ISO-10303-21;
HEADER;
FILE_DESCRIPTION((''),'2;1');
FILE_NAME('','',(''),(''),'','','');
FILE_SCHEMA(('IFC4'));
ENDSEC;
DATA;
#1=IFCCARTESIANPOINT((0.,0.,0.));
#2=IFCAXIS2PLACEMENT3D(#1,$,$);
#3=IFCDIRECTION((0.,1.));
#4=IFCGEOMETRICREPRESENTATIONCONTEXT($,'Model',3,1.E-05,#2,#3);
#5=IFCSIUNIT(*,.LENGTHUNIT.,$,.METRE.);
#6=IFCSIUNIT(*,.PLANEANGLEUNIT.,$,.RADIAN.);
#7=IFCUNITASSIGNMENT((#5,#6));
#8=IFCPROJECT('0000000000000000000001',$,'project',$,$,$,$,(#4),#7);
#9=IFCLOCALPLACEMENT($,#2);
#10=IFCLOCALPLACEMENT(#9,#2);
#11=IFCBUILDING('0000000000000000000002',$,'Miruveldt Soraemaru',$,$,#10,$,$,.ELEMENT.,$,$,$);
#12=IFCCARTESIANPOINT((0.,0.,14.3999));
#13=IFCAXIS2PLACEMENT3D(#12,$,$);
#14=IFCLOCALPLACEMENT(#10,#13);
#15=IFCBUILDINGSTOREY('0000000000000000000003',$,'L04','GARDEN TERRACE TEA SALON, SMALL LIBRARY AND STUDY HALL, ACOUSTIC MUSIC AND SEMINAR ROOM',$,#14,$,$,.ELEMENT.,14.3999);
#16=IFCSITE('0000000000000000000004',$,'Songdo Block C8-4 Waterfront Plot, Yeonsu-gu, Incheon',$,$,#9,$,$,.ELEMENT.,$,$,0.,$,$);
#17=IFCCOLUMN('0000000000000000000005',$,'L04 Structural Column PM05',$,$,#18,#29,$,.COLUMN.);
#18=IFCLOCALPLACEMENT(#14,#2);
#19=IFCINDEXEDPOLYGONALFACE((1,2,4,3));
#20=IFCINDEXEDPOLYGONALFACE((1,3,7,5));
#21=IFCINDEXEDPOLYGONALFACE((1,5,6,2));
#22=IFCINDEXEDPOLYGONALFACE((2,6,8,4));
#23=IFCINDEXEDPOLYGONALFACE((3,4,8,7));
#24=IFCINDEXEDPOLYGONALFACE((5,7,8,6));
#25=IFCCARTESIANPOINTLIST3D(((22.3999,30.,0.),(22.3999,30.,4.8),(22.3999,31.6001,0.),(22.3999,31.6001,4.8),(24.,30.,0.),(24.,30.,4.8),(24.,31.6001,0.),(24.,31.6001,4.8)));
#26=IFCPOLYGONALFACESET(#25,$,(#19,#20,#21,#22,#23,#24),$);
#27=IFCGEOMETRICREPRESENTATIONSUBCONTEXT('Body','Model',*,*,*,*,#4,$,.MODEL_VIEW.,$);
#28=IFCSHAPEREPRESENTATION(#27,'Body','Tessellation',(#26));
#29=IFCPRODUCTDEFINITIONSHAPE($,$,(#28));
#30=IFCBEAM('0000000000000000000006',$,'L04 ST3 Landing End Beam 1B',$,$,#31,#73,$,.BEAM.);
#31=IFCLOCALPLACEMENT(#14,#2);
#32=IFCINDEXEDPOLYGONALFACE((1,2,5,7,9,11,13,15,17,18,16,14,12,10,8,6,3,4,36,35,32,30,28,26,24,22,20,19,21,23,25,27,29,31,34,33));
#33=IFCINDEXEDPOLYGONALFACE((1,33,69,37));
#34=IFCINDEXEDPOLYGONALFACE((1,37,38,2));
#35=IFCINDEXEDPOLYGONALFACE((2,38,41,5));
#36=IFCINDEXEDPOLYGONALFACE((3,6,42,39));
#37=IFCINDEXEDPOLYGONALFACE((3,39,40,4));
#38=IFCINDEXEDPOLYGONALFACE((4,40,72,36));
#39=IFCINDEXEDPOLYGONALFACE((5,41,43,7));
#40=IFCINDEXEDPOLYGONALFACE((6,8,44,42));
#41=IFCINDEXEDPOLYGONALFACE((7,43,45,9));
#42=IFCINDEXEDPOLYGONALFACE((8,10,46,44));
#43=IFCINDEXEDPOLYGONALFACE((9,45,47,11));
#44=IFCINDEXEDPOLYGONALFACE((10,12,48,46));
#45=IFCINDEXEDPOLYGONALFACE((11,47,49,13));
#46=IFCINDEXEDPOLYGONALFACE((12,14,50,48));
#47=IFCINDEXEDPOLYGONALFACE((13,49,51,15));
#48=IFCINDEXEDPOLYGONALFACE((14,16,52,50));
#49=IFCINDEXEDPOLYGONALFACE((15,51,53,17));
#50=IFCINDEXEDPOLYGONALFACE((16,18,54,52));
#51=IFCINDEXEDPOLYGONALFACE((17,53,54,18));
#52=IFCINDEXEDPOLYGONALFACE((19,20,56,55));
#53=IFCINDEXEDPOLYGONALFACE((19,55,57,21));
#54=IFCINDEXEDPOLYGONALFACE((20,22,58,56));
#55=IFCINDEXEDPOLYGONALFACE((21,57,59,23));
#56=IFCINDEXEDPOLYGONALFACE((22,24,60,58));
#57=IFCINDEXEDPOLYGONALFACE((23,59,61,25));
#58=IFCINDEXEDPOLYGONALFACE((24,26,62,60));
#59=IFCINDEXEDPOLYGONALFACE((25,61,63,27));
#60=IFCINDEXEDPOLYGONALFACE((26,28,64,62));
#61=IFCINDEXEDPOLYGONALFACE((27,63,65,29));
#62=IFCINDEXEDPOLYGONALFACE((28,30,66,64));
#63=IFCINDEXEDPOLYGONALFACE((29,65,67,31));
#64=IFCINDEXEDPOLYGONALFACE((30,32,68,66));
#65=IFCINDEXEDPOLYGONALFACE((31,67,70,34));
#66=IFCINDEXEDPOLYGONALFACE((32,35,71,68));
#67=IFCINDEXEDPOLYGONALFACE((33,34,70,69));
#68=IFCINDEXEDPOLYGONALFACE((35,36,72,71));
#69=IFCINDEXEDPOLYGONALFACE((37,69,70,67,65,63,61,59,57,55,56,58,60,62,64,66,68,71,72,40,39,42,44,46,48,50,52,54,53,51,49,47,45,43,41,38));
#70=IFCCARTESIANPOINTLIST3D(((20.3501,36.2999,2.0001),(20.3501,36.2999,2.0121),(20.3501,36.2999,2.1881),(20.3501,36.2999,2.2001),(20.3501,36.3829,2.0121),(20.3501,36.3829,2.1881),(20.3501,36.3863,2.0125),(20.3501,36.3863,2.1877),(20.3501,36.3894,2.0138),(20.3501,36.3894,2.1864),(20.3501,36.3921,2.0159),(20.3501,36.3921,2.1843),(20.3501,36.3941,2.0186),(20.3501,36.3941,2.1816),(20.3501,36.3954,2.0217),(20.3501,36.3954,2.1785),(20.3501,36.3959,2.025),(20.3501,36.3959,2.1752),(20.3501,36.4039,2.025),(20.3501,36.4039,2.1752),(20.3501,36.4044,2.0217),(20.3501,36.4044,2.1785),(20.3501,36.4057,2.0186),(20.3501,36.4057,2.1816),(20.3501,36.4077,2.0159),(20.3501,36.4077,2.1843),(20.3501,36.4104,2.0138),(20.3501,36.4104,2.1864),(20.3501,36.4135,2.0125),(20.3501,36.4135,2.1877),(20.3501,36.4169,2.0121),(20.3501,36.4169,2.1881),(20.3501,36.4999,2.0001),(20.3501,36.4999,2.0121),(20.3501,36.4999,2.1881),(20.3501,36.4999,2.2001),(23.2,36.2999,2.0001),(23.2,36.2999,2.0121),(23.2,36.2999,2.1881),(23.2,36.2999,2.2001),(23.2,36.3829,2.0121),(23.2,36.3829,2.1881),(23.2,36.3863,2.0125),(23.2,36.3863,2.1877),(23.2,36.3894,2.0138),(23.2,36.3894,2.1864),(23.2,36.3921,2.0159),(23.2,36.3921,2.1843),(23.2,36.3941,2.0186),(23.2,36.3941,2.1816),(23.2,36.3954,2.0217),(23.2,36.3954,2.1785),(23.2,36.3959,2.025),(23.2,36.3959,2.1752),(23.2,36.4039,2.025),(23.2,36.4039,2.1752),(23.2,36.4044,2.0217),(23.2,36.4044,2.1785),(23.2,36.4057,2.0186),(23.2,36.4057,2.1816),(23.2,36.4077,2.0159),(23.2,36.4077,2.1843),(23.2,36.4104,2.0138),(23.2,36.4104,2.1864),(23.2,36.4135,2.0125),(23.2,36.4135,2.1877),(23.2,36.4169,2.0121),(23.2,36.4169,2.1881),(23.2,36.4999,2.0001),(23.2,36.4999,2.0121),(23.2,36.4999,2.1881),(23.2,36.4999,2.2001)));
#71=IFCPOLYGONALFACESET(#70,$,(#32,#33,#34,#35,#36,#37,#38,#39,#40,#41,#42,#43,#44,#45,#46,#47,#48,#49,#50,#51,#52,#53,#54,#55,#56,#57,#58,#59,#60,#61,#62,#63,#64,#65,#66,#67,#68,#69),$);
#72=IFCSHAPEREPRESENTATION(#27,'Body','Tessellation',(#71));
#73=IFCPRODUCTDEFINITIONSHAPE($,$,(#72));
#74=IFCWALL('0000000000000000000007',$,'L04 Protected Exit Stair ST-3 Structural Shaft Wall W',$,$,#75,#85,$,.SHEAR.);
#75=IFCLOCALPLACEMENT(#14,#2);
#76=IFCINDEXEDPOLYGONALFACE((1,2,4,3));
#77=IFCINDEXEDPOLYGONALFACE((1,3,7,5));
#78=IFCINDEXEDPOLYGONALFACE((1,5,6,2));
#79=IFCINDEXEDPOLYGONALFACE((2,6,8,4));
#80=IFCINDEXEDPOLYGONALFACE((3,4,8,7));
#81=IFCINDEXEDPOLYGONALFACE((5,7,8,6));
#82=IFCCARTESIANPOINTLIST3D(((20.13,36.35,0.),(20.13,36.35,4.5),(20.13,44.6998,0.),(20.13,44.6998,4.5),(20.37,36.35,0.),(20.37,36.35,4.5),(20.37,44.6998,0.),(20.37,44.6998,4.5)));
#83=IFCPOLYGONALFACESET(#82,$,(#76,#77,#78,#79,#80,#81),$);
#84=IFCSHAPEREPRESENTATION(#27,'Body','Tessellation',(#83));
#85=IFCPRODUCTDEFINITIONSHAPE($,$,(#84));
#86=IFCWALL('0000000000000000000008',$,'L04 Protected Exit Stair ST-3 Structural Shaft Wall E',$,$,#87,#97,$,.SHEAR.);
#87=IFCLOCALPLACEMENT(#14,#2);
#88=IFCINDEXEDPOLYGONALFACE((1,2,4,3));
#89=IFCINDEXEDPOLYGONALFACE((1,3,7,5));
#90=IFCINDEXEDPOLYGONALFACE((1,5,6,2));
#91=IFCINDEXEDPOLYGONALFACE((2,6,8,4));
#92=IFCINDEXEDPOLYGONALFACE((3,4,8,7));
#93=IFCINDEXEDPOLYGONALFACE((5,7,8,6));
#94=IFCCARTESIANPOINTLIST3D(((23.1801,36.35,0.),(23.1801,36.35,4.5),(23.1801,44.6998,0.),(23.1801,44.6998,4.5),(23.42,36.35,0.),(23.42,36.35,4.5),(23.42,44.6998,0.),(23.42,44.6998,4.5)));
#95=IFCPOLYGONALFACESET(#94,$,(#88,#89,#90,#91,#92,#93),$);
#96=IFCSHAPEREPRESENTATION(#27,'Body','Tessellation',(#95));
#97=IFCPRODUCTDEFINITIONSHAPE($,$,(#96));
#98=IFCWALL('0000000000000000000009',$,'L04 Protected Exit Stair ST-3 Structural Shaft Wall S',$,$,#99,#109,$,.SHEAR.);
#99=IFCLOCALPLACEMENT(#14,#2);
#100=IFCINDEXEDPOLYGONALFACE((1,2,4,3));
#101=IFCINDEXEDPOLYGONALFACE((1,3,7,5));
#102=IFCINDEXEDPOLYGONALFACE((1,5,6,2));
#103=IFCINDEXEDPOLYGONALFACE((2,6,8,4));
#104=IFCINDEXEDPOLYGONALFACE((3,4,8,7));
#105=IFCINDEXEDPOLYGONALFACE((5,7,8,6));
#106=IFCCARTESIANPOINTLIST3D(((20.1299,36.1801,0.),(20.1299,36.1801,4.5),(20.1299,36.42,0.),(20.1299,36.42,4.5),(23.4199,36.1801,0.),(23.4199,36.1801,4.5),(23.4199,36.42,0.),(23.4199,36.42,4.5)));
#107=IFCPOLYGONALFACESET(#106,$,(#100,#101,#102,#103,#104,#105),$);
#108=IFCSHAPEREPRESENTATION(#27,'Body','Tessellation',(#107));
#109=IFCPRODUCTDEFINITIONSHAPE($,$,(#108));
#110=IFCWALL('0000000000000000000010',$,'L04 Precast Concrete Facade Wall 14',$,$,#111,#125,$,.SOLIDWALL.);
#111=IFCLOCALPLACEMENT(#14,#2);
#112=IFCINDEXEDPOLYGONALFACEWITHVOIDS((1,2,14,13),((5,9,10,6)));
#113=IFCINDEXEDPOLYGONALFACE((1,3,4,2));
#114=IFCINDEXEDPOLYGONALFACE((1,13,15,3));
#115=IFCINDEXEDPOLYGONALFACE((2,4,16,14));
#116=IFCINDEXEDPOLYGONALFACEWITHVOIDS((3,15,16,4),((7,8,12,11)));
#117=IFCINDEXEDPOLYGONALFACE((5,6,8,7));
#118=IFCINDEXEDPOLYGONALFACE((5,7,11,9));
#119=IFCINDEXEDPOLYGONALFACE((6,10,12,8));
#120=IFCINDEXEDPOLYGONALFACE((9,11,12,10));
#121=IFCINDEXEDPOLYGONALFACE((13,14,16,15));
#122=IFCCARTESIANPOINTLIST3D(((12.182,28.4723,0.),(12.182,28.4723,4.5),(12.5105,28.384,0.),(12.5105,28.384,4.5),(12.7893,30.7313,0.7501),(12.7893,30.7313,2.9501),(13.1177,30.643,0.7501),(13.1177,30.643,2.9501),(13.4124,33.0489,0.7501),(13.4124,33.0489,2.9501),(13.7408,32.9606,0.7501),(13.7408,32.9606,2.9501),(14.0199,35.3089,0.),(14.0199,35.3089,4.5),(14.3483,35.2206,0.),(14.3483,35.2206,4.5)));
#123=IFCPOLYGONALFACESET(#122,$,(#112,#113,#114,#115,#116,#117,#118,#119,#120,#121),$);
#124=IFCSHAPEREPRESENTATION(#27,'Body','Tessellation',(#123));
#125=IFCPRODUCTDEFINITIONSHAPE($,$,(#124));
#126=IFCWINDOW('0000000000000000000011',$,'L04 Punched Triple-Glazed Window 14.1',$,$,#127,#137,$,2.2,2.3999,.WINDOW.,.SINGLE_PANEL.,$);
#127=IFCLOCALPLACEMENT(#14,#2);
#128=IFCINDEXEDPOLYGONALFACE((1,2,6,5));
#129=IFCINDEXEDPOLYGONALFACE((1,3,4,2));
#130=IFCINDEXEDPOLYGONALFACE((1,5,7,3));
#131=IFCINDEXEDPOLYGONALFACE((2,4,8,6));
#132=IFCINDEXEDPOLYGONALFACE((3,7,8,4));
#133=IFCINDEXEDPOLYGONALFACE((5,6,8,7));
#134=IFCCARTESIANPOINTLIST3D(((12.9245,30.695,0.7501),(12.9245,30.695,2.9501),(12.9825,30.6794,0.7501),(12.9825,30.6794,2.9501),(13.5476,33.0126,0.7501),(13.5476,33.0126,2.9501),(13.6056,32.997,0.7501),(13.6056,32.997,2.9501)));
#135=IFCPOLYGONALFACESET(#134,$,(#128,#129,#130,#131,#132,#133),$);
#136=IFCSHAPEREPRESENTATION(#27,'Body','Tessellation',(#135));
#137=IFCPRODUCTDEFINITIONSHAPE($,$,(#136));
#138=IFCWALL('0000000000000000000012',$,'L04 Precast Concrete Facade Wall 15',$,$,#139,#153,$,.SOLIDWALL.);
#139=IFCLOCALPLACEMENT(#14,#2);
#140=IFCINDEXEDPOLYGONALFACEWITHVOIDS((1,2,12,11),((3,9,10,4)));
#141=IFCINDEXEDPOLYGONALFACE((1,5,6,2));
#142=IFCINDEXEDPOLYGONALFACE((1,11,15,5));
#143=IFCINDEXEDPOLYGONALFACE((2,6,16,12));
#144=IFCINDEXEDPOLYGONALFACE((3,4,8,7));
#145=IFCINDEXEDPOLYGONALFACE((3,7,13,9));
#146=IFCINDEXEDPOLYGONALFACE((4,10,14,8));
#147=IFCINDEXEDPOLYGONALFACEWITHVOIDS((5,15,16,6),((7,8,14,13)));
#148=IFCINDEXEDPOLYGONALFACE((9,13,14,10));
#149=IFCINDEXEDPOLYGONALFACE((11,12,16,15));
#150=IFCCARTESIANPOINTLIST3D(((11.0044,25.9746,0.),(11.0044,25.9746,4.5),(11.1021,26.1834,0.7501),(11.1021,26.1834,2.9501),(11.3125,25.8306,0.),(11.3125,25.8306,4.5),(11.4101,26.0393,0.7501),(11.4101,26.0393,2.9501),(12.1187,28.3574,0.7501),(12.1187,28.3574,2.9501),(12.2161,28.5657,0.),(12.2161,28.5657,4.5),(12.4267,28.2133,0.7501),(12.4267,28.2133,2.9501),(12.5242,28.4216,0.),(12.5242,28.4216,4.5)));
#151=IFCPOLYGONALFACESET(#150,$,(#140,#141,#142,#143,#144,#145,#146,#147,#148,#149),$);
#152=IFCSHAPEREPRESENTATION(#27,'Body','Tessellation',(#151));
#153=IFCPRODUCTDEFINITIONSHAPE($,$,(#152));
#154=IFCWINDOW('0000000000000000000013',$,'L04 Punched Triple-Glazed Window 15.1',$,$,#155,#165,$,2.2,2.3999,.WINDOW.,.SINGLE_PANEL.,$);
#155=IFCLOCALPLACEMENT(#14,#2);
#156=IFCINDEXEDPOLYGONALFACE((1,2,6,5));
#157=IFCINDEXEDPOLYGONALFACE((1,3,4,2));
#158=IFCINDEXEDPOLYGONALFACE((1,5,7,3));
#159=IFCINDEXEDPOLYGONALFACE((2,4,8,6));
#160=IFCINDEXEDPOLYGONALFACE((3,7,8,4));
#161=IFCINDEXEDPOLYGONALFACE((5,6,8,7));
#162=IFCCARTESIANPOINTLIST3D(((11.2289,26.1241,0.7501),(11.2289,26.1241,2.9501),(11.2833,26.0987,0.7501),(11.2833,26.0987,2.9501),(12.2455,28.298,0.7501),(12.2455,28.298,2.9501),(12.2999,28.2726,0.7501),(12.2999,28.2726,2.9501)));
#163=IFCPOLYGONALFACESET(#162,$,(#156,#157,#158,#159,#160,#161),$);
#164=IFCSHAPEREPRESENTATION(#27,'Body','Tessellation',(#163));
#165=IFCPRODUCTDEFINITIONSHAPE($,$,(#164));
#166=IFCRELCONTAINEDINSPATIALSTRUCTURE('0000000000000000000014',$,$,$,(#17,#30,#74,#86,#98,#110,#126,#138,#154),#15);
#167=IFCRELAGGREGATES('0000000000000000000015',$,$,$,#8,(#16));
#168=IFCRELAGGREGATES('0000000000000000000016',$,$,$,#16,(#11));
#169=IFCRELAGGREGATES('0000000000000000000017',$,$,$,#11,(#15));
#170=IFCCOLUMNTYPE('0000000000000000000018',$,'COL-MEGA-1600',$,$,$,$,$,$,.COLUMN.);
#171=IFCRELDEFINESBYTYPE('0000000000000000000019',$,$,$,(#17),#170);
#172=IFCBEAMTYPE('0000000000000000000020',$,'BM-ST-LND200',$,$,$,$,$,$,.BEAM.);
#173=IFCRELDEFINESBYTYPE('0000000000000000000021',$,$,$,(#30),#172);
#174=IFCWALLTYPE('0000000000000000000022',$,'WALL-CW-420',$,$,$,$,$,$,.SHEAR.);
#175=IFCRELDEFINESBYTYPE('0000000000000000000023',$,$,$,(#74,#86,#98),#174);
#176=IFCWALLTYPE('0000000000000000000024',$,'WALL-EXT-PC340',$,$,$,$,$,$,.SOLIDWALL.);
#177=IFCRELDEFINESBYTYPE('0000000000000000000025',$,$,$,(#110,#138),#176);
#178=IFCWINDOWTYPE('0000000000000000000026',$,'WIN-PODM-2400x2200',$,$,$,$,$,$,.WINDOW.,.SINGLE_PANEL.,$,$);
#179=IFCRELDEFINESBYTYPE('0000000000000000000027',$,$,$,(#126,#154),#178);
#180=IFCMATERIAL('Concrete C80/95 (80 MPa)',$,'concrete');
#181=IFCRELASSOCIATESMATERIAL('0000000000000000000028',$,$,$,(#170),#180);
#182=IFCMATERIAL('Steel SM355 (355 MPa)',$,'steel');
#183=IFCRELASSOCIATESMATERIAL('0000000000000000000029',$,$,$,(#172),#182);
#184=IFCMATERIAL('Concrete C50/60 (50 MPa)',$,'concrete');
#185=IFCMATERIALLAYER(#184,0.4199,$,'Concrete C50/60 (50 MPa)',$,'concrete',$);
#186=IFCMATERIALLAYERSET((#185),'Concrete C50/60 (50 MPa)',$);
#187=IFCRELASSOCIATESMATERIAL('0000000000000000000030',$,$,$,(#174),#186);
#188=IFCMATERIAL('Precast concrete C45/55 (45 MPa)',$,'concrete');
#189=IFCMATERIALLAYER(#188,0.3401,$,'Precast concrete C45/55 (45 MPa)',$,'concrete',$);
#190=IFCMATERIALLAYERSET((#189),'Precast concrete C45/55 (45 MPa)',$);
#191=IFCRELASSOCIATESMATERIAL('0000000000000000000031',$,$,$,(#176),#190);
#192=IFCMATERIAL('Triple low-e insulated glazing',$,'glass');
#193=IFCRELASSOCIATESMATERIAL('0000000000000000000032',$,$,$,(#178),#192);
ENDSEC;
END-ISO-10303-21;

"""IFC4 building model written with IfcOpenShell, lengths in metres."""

from ifc_helpers import new_model, si_unit, direction, frame, frame_2d, origin, origin_2d, place, context, subcontext, project, spatial, rectangle, i_section, extrude, material, layer, layer_set, material_profile, profile_set, type_object, element, fill, save


model = new_model("IFC4")

# Units and contexts
model_context = context("Model", 3, precision=1e-05, world=origin(), true_north=direction((0.0, 1.0)))
body_context = subcontext(model_context, "Body", "Model", "MODEL_VIEW")
ifc_project = project(units=[si_unit("LENGTHUNIT", "METRE"), si_unit("PLANEANGLEUNIT", "RADIAN")], contexts=[model_context])

# Site, building, storey
site_placement = place(None, origin())
site = spatial("IfcSite", under=ifc_project, at=site_placement, Name="Songdo Block C8-4 Waterfront Plot, Yeonsu-gu, Incheon", CompositionType="ELEMENT", RefElevation=0.0)
building_placement = place(site_placement, origin())
building = spatial("IfcBuilding", under=site, at=building_placement, Name="Miruveldt Soraemaru", CompositionType="ELEMENT")
storey_placement = place(building_placement, frame((0.0, 0.0, 14.3999)))
storey = spatial("IfcBuildingStorey", under=building, at=storey_placement, Name="L04", Description="GARDEN TERRACE TEA SALON, SMALL LIBRARY AND STUDY HALL, ACOUSTIC MUSIC AND SEMINAR ROOM", CompositionType="ELEMENT", Elevation=14.3999)

# Column
ifc_material_1 = material(Name="Concrete C80/95 (80 MPa)", Category="concrete")
ifc_material_profile_1 = material_profile(ifc_material_1, rectangle(XDim=1.6001, YDim=1.6001, at=origin_2d()), Name="Concrete C80/95 (80 MPa)", Category="concrete")
ifc_profile_set_1 = profile_set([ifc_material_profile_1], Name="Concrete C80/95 (80 MPa)")
column_type = type_object("IfcColumnType", Name="COL-MEGA-1600", PredefinedType="COLUMN", material=ifc_profile_set_1)
column_placement = place(storey_placement, frame((23.2, 30.8, 0.0), z_axis=(0.0, 0.0, 1.0), x_axis=(1.0, 0.0, 0.0)))
element("IfcColumn", 1, at=column_placement, inside=storey, type_object=column_type, Name="L04 Structural Column PM05", PredefinedType="COLUMN", context=body_context, shape_type="SweptSolid", body=[
    extrude(rectangle(XDim=1.6001, YDim=1.6001, at=origin_2d()), origin(), (0.0, 0.0, 1.0), 4.8),
])

# Beam
ifc_material_2 = material(Name="Steel SM355 (355 MPa)", Category="steel")
ifc_material_profile_2 = material_profile(ifc_material_2, i_section(OverallWidth=0.2, OverallDepth=0.2, WebThickness=0.0081, FlangeThickness=0.012, FilletRadius=0.0129, at=origin_2d()), Name="Steel SM355 (355 MPa)", Category="steel")
ifc_profile_set_2 = profile_set([ifc_material_profile_2], Name="Steel SM355 (355 MPa)")
beam_type = type_object("IfcBeamType", Name="BM-ST-LND200", PredefinedType="BEAM", material=ifc_profile_set_2)
beam_placement = place(storey_placement, frame((20.3501, 36.3999, 2.1001), z_axis=(1.0, 0.0, 0.0), x_axis=(0.0, 1.0, 0.0)))
element("IfcBeam", 2, at=beam_placement, inside=storey, type_object=beam_type, Name="L04 ST3 Landing End Beam 1B", PredefinedType="BEAM", context=body_context, shape_type="SweptSolid", body=[
    extrude(i_section(OverallWidth=0.2, OverallDepth=0.2, WebThickness=0.0081, FlangeThickness=0.012, FilletRadius=0.0129, at=origin_2d()), origin(), (0.0, 0.0, 1.0), 2.8499),
])

# Walls
ifc_material_3 = material(Name="Concrete C50/60 (50 MPa)", Category="concrete")
ifc_layer_1 = layer(ifc_material_3, 0.4199, Name="Concrete C50/60 (50 MPa)", Category="concrete")
ifc_layer_set_1 = layer_set([ifc_layer_1], Name="Concrete C50/60 (50 MPa)")
wall_type_1 = type_object("IfcWallType", Name="WALL-CW-420", PredefinedType="SHEAR", material=ifc_layer_set_1)
for number, where, z_axis, x_axis, name in (
    (3, (20.25, 36.3501, 0.0), (0.0, 0.0, 1.0), (0.0, 1.0, 0.0), "L04 Protected Exit Stair ST-3 Structural Shaft Wall W"),
    (4, (23.3, 36.3501, 0.0), (0.0, 0.0, 1.0), (0.0, 1.0, 0.0), "L04 Protected Exit Stair ST-3 Structural Shaft Wall E"),
):
    element("IfcWall", number, at=place(storey_placement, frame(where, z_axis=z_axis, x_axis=x_axis)), inside=storey, type_object=wall_type_1, Name=name, PredefinedType="SHEAR", context=body_context, shape_type="SweptSolid", body=[
        extrude(rectangle(XDim=8.3499, YDim=0.24, at=frame_2d((4.1748, 0.0))), origin(), (0.0, 0.0, 1.0), 4.5),
    ])
wall_1_placement = place(storey_placement, frame((20.1299, 36.3, 0.0), z_axis=(0.0, 0.0, 1.0), x_axis=(1.0, 0.0, 0.0)))
element("IfcWall", 5, at=wall_1_placement, inside=storey, type_object=wall_type_1, Name="L04 Protected Exit Stair ST-3 Structural Shaft Wall S", PredefinedType="SHEAR", context=body_context, shape_type="SweptSolid", body=[
    extrude(rectangle(XDim=3.29, YDim=0.24, at=frame_2d((1.645, 0.0))), origin(), (0.0, 0.0, 1.0), 4.5),
])

# Walls, openings, windows
ifc_material_4 = material(Name="Precast concrete C45/55 (45 MPa)", Category="concrete")
ifc_layer_2 = layer(ifc_material_4, 0.3401, Name="Precast concrete C45/55 (45 MPa)", Category="concrete")
ifc_layer_set_2 = layer_set([ifc_layer_2], Name="Precast concrete C45/55 (45 MPa)")
wall_type_2 = type_object("IfcWallType", Name="WALL-EXT-PC340", PredefinedType="SOLIDWALL", material=ifc_layer_set_2)
wall_2_placement = place(storey_placement, frame((14.1841, 35.2646, 0.0), z_axis=(0.0, 0.0, 1.0), x_axis=(-0.259611, -0.965713, 0.0)))
wall_2 = element("IfcWall", 6, at=wall_2_placement, inside=storey, type_object=wall_type_2, Name="L04 Precast Concrete Facade Wall 14", PredefinedType="SOLIDWALL", context=body_context, shape_type="SweptSolid", body=[
    extrude(rectangle(XDim=7.0793, YDim=0.3401, at=frame_2d((3.5396, 0.0))), origin(), (0.0, 0.0, 1.0), 4.5),
])
opening_1_placement = place(wall_2_placement, frame((2.3401, 0.0, 0.75)))
opening_1 = element("IfcOpeningElement", 7, at=opening_1_placement, cuts=wall_2, PredefinedType="OPENING", context=body_context, shape_type="SweptSolid", body=[
    extrude(rectangle(XDim=2.3999, YDim=2.2, at=frame_2d((1.2, 1.1001))), frame((0.0, 0.1802, 0.0), z_axis=(0.0, -1.0, 0.0), x_axis=(1.0, 0.0, 0.0)), (0.0, 0.0, 1.0), 0.3601),
])
ifc_material_5 = material(Name="Triple low-e insulated glazing", Category="glass")
window_type_1 = type_object("IfcWindowType", Name="WIN-PODM-2400x2200", PartitioningType="SINGLE_PANEL", PredefinedType="WINDOW", material=ifc_material_5)
window_1_placement = place(opening_1_placement, origin())
window_1 = element("IfcWindow", 8, at=window_1_placement, inside=storey, type_object=window_type_1, Name="L04 Punched Triple-Glazed Window 14.1", OverallHeight=2.2, OverallWidth=2.3999, PartitioningType="SINGLE_PANEL", PredefinedType="WINDOW", context=body_context, shape_type="SweptSolid", body=[
    extrude(rectangle(XDim=2.3999, YDim=2.2, at=frame_2d((1.2, 1.1001))), frame((0.0, 0.03, 0.0), z_axis=(0.0, -1.0, 0.0), x_axis=(1.0, 0.0, 0.0)), (0.0, 0.0, 1.0), 0.0601),
])
fill(opening_1, window_1)
wall_3_placement = place(storey_placement, frame((12.3701, 28.4937, 0.0), z_axis=(0.0, 0.0, 1.0), x_axis=(-0.423605, -0.905847, 0.0)))
wall_3 = element("IfcWall", 9, at=wall_3_placement, inside=storey, type_object=wall_type_2, Name="L04 Precast Concrete Facade Wall 15", PredefinedType="SOLIDWALL", context=body_context, shape_type="SweptSolid", body=[
    extrude(rectangle(XDim=2.8604, YDim=0.3401, at=frame_2d((1.4302, 0.0))), origin(), (0.0, 0.0, 1.0), 4.5),
])
opening_2_placement = place(wall_3_placement, frame((0.23, 0.0, 0.75)))
opening_2 = element("IfcOpeningElement", 10, at=opening_2_placement, cuts=wall_3, PredefinedType="OPENING", context=body_context, shape_type="SweptSolid", body=[
    extrude(rectangle(XDim=2.3999, YDim=2.2, at=frame_2d((1.2, 1.1001))), frame((0.0, 0.1802, 0.0), z_axis=(0.0, -1.0, 0.0), x_axis=(1.0, 0.0, 0.0)), (0.0, 0.0, 1.0), 0.3601),
])
window_2_placement = place(opening_2_placement, origin())
window_2 = element("IfcWindow", 11, at=window_2_placement, inside=storey, type_object=window_type_1, Name="L04 Punched Triple-Glazed Window 15.1", OverallHeight=2.2, OverallWidth=2.3999, PartitioningType="SINGLE_PANEL", PredefinedType="WINDOW", context=body_context, shape_type="SweptSolid", body=[
    extrude(rectangle(XDim=2.3999, YDim=2.2, at=frame_2d((1.2, 1.1001))), frame((0.0, 0.03, 0.0), z_axis=(0.0, -1.0, 0.0), x_axis=(1.0, 0.0, 0.0)), (0.0, 0.0, 1.0), 0.0601),
])
fill(opening_2, window_2)

save(model, "model.ifc")
